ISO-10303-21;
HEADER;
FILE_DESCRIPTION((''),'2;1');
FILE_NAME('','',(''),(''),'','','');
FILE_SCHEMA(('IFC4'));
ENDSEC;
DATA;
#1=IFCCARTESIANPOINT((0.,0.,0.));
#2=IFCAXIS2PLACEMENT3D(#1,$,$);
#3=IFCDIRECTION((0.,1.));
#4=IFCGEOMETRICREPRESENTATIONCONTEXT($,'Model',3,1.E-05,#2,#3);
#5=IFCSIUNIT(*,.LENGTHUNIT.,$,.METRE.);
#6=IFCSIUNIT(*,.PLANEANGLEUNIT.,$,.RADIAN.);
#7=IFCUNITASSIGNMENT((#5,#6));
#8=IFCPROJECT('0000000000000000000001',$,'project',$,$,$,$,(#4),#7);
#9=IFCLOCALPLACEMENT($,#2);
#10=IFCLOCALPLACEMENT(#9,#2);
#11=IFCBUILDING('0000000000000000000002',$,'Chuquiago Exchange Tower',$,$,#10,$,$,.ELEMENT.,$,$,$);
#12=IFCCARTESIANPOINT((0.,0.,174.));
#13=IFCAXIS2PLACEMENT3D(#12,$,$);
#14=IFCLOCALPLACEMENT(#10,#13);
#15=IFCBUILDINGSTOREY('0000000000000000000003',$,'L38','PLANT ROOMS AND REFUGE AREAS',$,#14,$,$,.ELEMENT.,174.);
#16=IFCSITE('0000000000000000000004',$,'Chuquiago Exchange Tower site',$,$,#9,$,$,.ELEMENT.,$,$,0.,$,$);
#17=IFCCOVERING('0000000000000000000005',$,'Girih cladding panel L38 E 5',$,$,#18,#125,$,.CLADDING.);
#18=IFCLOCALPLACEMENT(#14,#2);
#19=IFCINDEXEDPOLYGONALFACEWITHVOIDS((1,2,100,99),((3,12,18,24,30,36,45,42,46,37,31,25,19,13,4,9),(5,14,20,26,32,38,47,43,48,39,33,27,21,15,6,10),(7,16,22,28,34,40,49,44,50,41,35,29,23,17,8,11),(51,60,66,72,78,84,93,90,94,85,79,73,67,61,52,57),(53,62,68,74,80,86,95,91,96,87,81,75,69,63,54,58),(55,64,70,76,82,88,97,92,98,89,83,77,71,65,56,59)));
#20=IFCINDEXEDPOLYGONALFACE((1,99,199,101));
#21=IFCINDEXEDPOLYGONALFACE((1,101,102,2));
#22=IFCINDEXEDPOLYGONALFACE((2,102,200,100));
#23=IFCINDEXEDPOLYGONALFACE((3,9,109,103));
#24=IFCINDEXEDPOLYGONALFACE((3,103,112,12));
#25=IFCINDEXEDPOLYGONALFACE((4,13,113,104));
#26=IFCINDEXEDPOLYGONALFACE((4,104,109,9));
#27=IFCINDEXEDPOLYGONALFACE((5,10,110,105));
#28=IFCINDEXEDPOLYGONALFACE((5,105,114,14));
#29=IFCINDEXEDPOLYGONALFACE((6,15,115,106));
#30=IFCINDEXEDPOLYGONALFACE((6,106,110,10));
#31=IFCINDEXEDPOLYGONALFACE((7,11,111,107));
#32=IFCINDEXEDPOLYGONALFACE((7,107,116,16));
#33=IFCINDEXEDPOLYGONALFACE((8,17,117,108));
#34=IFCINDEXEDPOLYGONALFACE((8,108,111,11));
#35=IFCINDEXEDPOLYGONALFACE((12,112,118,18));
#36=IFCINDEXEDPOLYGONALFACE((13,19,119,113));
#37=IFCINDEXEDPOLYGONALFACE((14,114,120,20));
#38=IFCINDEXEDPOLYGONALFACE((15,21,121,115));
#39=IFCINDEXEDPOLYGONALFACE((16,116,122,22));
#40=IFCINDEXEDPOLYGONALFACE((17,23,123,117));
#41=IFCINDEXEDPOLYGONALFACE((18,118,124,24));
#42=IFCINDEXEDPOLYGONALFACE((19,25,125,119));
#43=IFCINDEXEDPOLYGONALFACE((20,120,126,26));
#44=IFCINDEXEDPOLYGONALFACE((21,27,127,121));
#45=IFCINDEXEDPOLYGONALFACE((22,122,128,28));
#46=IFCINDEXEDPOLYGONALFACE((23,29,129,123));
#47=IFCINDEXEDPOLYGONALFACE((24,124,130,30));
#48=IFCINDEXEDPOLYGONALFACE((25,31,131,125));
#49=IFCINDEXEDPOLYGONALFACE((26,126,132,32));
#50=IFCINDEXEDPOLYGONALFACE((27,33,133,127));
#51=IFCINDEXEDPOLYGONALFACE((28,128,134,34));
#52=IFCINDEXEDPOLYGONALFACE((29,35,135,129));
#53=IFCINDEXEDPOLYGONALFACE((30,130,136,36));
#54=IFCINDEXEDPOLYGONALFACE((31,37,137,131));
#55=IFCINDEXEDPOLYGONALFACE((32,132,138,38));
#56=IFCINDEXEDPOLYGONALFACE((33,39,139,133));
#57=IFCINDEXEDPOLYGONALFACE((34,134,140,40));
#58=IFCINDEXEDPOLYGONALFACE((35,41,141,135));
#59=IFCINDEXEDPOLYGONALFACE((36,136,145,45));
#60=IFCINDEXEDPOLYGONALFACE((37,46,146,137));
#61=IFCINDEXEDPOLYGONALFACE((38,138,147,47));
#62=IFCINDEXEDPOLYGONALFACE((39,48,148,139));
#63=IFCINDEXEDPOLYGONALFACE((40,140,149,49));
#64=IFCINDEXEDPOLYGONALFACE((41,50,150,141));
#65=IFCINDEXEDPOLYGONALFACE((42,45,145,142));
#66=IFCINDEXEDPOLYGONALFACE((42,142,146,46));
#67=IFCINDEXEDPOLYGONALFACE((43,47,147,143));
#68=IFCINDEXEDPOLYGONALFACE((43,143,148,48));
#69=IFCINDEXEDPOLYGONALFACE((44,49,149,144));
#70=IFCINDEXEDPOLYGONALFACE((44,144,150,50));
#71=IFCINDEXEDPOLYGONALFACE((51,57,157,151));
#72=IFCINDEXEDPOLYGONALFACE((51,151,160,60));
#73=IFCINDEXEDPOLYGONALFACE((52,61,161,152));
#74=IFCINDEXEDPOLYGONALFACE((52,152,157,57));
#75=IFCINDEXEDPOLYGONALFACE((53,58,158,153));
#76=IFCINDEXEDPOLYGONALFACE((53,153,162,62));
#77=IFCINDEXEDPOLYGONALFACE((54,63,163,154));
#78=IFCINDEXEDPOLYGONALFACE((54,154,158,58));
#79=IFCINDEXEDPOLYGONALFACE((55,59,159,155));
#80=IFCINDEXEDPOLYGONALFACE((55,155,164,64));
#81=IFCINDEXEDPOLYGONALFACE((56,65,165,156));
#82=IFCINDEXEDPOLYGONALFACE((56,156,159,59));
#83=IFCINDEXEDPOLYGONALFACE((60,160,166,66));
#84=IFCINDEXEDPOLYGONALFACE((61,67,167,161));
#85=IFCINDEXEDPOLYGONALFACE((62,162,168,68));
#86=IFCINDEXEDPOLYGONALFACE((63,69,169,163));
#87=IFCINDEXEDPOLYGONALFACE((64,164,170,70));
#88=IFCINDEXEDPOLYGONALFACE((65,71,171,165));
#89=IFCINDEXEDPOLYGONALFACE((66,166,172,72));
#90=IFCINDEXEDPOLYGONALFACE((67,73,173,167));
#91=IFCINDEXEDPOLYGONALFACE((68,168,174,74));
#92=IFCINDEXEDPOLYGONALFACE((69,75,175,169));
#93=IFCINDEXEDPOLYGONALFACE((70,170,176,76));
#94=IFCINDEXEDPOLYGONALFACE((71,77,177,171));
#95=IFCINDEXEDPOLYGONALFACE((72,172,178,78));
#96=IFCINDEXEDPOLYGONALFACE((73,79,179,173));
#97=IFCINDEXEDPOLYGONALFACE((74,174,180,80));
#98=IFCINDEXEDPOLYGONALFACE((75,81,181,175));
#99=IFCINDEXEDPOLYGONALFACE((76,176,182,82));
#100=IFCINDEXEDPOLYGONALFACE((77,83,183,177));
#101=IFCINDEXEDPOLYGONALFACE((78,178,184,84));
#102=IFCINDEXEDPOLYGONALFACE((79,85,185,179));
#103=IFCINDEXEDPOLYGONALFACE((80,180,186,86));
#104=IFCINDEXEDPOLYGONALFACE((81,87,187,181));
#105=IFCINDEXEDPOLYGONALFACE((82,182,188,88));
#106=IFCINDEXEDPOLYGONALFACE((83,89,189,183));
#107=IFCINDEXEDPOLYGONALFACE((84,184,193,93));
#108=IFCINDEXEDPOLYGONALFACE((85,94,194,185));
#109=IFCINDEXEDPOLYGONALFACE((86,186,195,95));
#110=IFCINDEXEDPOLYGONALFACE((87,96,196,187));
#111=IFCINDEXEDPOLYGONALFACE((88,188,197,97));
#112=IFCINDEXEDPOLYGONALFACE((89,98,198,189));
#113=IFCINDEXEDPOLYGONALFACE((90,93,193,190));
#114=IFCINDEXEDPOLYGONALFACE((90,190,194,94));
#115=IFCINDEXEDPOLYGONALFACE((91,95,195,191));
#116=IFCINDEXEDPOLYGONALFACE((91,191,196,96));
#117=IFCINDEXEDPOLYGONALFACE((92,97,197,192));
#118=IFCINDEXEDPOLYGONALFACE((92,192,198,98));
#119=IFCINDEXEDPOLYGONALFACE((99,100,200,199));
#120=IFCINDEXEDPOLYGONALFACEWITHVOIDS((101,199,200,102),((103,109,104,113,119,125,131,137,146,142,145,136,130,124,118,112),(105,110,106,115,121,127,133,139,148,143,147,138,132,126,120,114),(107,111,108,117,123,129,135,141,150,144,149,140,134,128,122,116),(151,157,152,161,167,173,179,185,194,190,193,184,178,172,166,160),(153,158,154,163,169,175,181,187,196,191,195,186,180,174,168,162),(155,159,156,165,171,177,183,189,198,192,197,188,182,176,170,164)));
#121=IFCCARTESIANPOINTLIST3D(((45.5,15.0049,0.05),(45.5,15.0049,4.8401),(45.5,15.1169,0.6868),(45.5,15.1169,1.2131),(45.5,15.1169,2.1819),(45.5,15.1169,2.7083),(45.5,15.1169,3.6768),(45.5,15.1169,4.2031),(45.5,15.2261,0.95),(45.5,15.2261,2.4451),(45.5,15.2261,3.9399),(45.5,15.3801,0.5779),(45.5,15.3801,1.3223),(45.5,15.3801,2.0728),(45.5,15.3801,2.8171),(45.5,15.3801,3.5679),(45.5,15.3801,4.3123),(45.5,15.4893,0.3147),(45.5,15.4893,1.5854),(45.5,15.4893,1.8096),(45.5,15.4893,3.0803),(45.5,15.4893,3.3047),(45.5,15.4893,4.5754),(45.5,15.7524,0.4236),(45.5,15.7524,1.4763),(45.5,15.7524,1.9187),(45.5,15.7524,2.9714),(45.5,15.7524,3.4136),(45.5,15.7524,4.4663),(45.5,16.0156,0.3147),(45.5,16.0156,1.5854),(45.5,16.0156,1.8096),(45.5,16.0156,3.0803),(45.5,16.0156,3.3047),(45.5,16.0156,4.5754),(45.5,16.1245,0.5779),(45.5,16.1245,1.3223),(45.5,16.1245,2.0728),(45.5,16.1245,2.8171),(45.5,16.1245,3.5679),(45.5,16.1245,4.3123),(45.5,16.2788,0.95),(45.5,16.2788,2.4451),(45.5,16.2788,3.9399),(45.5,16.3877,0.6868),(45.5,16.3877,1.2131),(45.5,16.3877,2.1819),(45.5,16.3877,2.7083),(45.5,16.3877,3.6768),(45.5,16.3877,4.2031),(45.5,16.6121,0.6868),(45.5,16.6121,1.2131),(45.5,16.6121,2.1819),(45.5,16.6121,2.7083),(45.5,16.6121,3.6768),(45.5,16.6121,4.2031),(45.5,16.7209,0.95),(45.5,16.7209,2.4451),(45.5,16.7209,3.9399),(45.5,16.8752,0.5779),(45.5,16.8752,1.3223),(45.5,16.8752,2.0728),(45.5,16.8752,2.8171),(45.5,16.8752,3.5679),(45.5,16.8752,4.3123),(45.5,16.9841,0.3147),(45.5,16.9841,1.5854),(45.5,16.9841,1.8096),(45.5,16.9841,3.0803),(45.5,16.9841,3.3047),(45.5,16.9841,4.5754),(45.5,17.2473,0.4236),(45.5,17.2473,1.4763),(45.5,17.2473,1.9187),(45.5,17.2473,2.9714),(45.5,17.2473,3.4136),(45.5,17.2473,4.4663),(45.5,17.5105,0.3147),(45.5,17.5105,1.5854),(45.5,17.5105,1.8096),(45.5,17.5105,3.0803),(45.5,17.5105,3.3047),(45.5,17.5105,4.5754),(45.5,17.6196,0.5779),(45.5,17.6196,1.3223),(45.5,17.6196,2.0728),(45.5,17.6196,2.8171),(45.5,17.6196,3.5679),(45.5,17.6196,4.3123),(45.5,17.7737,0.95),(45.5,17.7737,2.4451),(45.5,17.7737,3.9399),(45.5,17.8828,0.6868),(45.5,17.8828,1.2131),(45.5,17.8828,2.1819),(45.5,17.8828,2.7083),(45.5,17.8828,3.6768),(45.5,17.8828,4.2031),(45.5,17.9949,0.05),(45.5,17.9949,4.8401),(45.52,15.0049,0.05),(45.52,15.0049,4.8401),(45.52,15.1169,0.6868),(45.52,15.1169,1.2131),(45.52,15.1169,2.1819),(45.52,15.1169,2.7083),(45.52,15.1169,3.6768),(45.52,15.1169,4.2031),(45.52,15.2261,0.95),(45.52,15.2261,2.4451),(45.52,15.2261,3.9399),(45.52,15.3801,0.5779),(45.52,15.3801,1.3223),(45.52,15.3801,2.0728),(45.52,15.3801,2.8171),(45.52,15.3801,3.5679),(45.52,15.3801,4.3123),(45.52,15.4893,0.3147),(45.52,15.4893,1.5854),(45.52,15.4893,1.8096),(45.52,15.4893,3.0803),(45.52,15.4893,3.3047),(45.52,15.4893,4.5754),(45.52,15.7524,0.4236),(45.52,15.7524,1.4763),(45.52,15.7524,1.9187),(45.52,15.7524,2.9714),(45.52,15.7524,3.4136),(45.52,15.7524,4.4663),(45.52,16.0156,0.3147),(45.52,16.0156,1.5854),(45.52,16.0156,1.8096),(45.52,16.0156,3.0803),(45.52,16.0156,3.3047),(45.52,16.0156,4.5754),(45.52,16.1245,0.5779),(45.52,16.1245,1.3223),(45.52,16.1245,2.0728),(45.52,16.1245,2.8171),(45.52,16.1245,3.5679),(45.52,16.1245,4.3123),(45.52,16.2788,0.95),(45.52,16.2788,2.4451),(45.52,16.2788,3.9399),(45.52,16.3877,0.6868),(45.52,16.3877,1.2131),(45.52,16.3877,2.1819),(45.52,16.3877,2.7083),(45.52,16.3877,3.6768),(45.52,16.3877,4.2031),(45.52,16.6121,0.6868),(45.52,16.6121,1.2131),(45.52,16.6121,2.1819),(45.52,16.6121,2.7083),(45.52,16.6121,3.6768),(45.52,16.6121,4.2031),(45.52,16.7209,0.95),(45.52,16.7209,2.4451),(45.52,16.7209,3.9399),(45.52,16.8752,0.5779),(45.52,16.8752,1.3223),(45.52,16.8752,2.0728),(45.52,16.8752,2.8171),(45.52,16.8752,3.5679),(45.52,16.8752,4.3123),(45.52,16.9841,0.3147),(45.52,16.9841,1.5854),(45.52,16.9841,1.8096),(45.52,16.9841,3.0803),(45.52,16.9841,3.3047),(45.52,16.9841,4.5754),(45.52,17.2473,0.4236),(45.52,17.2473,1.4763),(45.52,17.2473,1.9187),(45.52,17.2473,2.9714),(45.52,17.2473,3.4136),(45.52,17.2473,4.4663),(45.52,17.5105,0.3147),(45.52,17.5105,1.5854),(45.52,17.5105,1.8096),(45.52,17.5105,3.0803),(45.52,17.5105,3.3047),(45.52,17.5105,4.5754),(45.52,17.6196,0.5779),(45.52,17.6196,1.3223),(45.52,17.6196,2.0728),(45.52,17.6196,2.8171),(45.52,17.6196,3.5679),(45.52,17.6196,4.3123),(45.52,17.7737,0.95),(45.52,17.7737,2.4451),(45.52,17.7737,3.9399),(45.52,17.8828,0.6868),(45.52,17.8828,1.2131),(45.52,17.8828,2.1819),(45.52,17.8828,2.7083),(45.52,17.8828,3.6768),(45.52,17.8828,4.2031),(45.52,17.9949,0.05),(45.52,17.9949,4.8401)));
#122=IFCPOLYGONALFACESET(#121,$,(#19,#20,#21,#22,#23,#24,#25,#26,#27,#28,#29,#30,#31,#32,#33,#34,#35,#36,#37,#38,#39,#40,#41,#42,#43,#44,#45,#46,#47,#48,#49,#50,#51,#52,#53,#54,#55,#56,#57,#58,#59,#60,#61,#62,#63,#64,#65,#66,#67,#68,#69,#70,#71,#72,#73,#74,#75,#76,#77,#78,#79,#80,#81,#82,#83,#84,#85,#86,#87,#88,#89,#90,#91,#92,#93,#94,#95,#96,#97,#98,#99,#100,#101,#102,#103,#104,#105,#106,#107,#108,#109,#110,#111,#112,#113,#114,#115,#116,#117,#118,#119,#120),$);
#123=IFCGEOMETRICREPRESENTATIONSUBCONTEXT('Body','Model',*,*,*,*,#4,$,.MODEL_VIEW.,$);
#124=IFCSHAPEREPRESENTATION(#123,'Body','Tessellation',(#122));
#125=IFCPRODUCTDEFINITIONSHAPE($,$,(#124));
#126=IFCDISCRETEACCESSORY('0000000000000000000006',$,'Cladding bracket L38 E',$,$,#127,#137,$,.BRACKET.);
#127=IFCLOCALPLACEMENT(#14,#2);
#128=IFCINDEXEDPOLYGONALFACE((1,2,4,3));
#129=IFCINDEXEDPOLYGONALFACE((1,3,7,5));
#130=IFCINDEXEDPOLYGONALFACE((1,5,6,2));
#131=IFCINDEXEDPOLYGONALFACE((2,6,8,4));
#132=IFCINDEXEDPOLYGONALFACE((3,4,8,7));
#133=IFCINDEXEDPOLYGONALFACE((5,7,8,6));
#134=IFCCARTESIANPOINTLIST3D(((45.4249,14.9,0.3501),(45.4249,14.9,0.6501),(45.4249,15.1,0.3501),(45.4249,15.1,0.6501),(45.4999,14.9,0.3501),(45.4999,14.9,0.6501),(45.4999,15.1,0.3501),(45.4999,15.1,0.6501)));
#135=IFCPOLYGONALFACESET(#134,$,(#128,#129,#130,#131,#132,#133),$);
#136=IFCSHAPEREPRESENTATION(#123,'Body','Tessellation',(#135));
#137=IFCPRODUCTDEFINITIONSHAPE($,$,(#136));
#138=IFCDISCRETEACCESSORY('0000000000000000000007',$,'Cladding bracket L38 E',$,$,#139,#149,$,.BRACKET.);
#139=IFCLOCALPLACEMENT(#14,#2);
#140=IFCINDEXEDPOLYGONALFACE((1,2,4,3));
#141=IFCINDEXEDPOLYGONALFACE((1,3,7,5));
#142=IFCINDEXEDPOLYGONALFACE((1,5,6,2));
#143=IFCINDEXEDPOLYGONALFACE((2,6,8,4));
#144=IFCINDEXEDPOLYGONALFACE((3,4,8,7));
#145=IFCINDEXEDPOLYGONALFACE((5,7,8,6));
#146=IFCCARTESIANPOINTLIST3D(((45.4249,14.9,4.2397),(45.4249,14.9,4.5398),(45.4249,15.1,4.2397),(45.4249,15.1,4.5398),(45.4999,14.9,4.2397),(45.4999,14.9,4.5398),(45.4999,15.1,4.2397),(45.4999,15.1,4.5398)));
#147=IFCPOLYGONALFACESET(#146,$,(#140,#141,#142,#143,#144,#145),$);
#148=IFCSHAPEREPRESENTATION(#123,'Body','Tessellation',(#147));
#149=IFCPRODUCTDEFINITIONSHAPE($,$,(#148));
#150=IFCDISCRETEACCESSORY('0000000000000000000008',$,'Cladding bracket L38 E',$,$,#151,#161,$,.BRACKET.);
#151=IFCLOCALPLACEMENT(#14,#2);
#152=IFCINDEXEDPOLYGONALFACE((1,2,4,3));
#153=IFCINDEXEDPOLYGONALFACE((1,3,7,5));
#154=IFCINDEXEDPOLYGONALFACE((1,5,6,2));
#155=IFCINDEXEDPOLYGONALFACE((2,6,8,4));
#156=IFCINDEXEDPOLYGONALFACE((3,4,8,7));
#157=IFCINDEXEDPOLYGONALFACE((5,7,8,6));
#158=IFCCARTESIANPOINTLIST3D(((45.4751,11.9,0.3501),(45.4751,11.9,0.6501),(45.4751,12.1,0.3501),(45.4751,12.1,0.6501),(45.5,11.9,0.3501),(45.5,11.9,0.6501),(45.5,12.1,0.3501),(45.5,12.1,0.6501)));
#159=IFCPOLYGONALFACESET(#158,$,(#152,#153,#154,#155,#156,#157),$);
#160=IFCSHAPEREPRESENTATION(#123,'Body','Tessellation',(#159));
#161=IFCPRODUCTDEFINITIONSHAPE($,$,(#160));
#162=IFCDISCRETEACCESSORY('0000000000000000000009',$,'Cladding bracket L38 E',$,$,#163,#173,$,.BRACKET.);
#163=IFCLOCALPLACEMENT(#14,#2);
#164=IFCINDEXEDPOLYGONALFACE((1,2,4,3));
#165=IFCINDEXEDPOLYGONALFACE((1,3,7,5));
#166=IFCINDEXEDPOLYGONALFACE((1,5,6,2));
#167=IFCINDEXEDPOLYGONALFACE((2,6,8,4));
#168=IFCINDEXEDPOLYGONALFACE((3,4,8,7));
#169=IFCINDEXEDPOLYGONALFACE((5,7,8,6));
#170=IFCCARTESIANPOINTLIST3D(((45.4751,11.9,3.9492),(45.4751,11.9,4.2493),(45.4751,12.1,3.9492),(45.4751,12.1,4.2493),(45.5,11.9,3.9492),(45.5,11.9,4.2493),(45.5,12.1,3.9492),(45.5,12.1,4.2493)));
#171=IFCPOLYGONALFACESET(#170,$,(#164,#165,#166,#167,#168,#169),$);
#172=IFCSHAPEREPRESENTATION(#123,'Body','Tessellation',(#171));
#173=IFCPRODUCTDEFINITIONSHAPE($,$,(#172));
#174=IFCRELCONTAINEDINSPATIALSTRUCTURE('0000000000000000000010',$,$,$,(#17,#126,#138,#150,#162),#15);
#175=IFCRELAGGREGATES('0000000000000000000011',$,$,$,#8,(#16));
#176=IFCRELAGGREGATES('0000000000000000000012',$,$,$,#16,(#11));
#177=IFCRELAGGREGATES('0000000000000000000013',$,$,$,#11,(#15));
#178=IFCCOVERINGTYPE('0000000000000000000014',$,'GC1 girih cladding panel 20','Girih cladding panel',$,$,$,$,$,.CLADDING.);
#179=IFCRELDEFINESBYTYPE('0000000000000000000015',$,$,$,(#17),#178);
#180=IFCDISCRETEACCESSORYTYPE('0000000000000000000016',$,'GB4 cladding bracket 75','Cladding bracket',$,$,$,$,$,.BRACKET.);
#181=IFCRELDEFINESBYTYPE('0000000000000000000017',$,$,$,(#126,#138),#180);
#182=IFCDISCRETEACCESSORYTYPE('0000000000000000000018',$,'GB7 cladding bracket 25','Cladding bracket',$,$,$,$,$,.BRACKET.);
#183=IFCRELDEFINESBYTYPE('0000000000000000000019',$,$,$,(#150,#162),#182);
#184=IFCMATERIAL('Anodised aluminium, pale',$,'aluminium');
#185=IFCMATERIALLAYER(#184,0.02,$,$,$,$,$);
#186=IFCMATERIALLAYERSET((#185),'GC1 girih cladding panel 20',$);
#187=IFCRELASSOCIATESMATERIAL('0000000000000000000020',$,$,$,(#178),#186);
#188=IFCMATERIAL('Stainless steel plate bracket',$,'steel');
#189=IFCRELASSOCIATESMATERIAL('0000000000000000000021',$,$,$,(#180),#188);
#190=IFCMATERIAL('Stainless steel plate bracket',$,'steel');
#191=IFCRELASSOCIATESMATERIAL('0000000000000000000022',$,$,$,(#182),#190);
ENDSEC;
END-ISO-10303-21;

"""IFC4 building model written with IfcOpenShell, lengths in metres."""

from ifc_helpers import new_model, si_unit, direction, frame, origin, origin_2d, place, context, subcontext, project, spatial, polyline, rectangle, outline, extrude, material, layer, layer_set, type_object, element, save


model = new_model("IFC4")

# Units and contexts
model_context = context("Model", 3, precision=1e-05, world=origin(), true_north=direction((0.0, 1.0)))
body_context = subcontext(model_context, "Body", "Model", "MODEL_VIEW")
ifc_project = project(units=[si_unit("LENGTHUNIT", "METRE"), si_unit("PLANEANGLEUNIT", "RADIAN")], contexts=[model_context])

# Site, building, storey
site_placement = place(None, origin())
site = spatial("IfcSite", under=ifc_project, at=site_placement, Name="Chuquiago Exchange Tower site", CompositionType="ELEMENT", RefElevation=0.0)
building_placement = place(site_placement, origin())
building = spatial("IfcBuilding", under=site, at=building_placement, Name="Chuquiago Exchange Tower", CompositionType="ELEMENT")
storey_placement = place(building_placement, frame((0.0, 0.0, 174.0)))
storey = spatial("IfcBuildingStorey", under=building, at=storey_placement, Name="L38", Description="PLANT ROOMS AND REFUGE AREAS", CompositionType="ELEMENT", Elevation=174.0)

# Covering
ifc_material_1 = material(Name="Anodised aluminium, pale", Category="aluminium")
ifc_layer_1 = layer(ifc_material_1, 0.02)
ifc_layer_set_1 = layer_set([ifc_layer_1], Name="GC1 girih cladding panel 20")
covering_type = type_object("IfcCoveringType", Name="GC1 girih cladding panel 20", Description="Girih cladding panel", PredefinedType="CLADDING", material=ifc_layer_set_1)
covering_1_placement = place(storey_placement, frame((45.5, 15.0049, 0.05), z_axis=(0.0, 0.0, 1.0), x_axis=(0.0, 1.0, 0.0)))
element("IfcCovering", 1, at=covering_1_placement, inside=storey, type_object=covering_type, Name="Girih cladding panel L38 E 5", PredefinedType="CLADDING", context=body_context, shape_type="SweptSolid", body=[
    extrude(outline(polyline([(0.0, 0.0), (2.99, 0.0), (2.99, 4.79), (0.0, 4.79), (0.0, 0.0)]), holes=[polyline([(1.2739, 0.8999), (1.3828, 1.1631), (1.1196, 1.2722), (1.0107, 1.5354), (0.7476, 1.4263), (0.4844, 1.5354), (0.3752, 1.2722), (0.1121, 1.1631), (0.2212, 0.8999), (0.1121, 0.6367), (0.3752, 0.5278), (0.4844, 0.2646), (0.7476, 0.3735), (1.0107, 0.2646), (1.1196, 0.5278), (1.3828, 0.6367), (1.2739, 0.8999)]), polyline([(2.7688, 0.8999), (2.8779, 1.1631), (2.6147, 1.2722), (2.5056, 1.5354), (2.2424, 1.4263), (1.9792, 1.5354), (1.8704, 1.2722), (1.6072, 1.1631), (1.7161, 0.8999), (1.6072, 0.6367), (1.8704, 0.5278), (1.9792, 0.2646), (2.2424, 0.3735), (2.5056, 0.2646), (2.6147, 0.5278), (2.8779, 0.6367), (2.7688, 0.8999)]), polyline([(1.2739, 2.395), (1.3828, 2.6582), (1.1196, 2.7671), (1.0107, 3.0303), (0.7476, 2.9214), (0.4844, 3.0303), (0.3752, 2.7671), (0.1121, 2.6582), (0.2212, 2.395), (0.1121, 2.1318), (0.3752, 2.0227), (0.4844, 1.7595), (0.7476, 1.8687), (1.0107, 1.7595), (1.1196, 2.0227), (1.3828, 2.1318), (1.2739, 2.395)]), polyline([(2.7688, 2.395), (2.8779, 2.6582), (2.6147, 2.7671), (2.5056, 3.0303), (2.2424, 2.9214), (1.9792, 3.0303), (1.8704, 2.7671), (1.6072, 2.6582), (1.7161, 2.395), (1.6072, 2.1318), (1.8704, 2.0227), (1.9792, 1.7595), (2.2424, 1.8687), (2.5056, 1.7595), (2.6147, 2.0227), (2.8779, 2.1318), (2.7688, 2.395)]), polyline([(1.2739, 3.8899), (1.3828, 4.1531), (1.1196, 4.2622), (1.0107, 4.5254), (0.7476, 4.4163), (0.4844, 4.5254), (0.3752, 4.2622), (0.1121, 4.1531), (0.2212, 3.8899), (0.1121, 3.6267), (0.3752, 3.5178), (0.4844, 3.2546), (0.7476, 3.3635), (1.0107, 3.2546), (1.1196, 3.5178), (1.3828, 3.6267), (1.2739, 3.8899)]), polyline([(2.7688, 3.8899), (2.8779, 4.1531), (2.6147, 4.2622), (2.5056, 4.5254), (2.2424, 4.4163), (1.9792, 4.5254), (1.8704, 4.2622), (1.6072, 4.1531), (1.7161, 3.8899), (1.6072, 3.6267), (1.8704, 3.5178), (1.9792, 3.2546), (2.2424, 3.3635), (2.5056, 3.2546), (2.6147, 3.5178), (2.8779, 3.6267), (2.7688, 3.8899)])]), frame((0.0, 0.0, 0.0), z_axis=(0.0, -1.0, 0.0), x_axis=(1.0, 0.0, 0.0)), (0.0, 0.0, 1.0), 0.02),
])

# Discrete accessories
ifc_material_2 = material(Name="Stainless steel plate bracket", Category="steel")
discrete_accessory_type_1 = type_object("IfcDiscreteAccessoryType", Name="GB4 cladding bracket 75", Description="Cladding bracket", PredefinedType="BRACKET", material=ifc_material_2)
for number, where, z_axis, x_axis, name in (
    (2, (45.4624, 15.0, 0.3501), (0.0, 0.0, 1.0), (0.0, 1.0, 0.0), "Cladding bracket L38 E"),
    (3, (45.4624, 15.0, 4.2397), (0.0, 0.0, 1.0), (0.0, 1.0, 0.0), "Cladding bracket L38 E"),
):
    element("IfcDiscreteAccessory", number, at=place(storey_placement, frame(where, z_axis=z_axis, x_axis=x_axis)), inside=storey, type_object=discrete_accessory_type_1, Name=name, PredefinedType="BRACKET", context=body_context, shape_type="SweptSolid", body=[
        extrude(rectangle(XDim=0.2, YDim=0.075, at=origin_2d()), origin(), (0.0, 0.0, 1.0), 0.3),
    ])
ifc_material_3 = material(Name="Stainless steel plate bracket", Category="steel")
discrete_accessory_type_2 = type_object("IfcDiscreteAccessoryType", Name="GB7 cladding bracket 25", Description="Cladding bracket", PredefinedType="BRACKET", material=ifc_material_3)
for number, where, z_axis, x_axis, name in (
    (4, (45.4875, 12.0, 0.3501), (0.0, 0.0, 1.0), (0.0, 1.0, 0.0), "Cladding bracket L38 E"),
    (5, (45.4875, 12.0, 3.9492), (0.0, 0.0, 1.0), (0.0, 1.0, 0.0), "Cladding bracket L38 E"),
):
    element("IfcDiscreteAccessory", number, at=place(storey_placement, frame(where, z_axis=z_axis, x_axis=x_axis)), inside=storey, type_object=discrete_accessory_type_2, Name=name, PredefinedType="BRACKET", context=body_context, shape_type="SweptSolid", body=[
        extrude(rectangle(XDim=0.2, YDim=0.0249, at=origin_2d()), origin(), (0.0, 0.0, 1.0), 0.3),
    ])

save(model, "model.ifc")
